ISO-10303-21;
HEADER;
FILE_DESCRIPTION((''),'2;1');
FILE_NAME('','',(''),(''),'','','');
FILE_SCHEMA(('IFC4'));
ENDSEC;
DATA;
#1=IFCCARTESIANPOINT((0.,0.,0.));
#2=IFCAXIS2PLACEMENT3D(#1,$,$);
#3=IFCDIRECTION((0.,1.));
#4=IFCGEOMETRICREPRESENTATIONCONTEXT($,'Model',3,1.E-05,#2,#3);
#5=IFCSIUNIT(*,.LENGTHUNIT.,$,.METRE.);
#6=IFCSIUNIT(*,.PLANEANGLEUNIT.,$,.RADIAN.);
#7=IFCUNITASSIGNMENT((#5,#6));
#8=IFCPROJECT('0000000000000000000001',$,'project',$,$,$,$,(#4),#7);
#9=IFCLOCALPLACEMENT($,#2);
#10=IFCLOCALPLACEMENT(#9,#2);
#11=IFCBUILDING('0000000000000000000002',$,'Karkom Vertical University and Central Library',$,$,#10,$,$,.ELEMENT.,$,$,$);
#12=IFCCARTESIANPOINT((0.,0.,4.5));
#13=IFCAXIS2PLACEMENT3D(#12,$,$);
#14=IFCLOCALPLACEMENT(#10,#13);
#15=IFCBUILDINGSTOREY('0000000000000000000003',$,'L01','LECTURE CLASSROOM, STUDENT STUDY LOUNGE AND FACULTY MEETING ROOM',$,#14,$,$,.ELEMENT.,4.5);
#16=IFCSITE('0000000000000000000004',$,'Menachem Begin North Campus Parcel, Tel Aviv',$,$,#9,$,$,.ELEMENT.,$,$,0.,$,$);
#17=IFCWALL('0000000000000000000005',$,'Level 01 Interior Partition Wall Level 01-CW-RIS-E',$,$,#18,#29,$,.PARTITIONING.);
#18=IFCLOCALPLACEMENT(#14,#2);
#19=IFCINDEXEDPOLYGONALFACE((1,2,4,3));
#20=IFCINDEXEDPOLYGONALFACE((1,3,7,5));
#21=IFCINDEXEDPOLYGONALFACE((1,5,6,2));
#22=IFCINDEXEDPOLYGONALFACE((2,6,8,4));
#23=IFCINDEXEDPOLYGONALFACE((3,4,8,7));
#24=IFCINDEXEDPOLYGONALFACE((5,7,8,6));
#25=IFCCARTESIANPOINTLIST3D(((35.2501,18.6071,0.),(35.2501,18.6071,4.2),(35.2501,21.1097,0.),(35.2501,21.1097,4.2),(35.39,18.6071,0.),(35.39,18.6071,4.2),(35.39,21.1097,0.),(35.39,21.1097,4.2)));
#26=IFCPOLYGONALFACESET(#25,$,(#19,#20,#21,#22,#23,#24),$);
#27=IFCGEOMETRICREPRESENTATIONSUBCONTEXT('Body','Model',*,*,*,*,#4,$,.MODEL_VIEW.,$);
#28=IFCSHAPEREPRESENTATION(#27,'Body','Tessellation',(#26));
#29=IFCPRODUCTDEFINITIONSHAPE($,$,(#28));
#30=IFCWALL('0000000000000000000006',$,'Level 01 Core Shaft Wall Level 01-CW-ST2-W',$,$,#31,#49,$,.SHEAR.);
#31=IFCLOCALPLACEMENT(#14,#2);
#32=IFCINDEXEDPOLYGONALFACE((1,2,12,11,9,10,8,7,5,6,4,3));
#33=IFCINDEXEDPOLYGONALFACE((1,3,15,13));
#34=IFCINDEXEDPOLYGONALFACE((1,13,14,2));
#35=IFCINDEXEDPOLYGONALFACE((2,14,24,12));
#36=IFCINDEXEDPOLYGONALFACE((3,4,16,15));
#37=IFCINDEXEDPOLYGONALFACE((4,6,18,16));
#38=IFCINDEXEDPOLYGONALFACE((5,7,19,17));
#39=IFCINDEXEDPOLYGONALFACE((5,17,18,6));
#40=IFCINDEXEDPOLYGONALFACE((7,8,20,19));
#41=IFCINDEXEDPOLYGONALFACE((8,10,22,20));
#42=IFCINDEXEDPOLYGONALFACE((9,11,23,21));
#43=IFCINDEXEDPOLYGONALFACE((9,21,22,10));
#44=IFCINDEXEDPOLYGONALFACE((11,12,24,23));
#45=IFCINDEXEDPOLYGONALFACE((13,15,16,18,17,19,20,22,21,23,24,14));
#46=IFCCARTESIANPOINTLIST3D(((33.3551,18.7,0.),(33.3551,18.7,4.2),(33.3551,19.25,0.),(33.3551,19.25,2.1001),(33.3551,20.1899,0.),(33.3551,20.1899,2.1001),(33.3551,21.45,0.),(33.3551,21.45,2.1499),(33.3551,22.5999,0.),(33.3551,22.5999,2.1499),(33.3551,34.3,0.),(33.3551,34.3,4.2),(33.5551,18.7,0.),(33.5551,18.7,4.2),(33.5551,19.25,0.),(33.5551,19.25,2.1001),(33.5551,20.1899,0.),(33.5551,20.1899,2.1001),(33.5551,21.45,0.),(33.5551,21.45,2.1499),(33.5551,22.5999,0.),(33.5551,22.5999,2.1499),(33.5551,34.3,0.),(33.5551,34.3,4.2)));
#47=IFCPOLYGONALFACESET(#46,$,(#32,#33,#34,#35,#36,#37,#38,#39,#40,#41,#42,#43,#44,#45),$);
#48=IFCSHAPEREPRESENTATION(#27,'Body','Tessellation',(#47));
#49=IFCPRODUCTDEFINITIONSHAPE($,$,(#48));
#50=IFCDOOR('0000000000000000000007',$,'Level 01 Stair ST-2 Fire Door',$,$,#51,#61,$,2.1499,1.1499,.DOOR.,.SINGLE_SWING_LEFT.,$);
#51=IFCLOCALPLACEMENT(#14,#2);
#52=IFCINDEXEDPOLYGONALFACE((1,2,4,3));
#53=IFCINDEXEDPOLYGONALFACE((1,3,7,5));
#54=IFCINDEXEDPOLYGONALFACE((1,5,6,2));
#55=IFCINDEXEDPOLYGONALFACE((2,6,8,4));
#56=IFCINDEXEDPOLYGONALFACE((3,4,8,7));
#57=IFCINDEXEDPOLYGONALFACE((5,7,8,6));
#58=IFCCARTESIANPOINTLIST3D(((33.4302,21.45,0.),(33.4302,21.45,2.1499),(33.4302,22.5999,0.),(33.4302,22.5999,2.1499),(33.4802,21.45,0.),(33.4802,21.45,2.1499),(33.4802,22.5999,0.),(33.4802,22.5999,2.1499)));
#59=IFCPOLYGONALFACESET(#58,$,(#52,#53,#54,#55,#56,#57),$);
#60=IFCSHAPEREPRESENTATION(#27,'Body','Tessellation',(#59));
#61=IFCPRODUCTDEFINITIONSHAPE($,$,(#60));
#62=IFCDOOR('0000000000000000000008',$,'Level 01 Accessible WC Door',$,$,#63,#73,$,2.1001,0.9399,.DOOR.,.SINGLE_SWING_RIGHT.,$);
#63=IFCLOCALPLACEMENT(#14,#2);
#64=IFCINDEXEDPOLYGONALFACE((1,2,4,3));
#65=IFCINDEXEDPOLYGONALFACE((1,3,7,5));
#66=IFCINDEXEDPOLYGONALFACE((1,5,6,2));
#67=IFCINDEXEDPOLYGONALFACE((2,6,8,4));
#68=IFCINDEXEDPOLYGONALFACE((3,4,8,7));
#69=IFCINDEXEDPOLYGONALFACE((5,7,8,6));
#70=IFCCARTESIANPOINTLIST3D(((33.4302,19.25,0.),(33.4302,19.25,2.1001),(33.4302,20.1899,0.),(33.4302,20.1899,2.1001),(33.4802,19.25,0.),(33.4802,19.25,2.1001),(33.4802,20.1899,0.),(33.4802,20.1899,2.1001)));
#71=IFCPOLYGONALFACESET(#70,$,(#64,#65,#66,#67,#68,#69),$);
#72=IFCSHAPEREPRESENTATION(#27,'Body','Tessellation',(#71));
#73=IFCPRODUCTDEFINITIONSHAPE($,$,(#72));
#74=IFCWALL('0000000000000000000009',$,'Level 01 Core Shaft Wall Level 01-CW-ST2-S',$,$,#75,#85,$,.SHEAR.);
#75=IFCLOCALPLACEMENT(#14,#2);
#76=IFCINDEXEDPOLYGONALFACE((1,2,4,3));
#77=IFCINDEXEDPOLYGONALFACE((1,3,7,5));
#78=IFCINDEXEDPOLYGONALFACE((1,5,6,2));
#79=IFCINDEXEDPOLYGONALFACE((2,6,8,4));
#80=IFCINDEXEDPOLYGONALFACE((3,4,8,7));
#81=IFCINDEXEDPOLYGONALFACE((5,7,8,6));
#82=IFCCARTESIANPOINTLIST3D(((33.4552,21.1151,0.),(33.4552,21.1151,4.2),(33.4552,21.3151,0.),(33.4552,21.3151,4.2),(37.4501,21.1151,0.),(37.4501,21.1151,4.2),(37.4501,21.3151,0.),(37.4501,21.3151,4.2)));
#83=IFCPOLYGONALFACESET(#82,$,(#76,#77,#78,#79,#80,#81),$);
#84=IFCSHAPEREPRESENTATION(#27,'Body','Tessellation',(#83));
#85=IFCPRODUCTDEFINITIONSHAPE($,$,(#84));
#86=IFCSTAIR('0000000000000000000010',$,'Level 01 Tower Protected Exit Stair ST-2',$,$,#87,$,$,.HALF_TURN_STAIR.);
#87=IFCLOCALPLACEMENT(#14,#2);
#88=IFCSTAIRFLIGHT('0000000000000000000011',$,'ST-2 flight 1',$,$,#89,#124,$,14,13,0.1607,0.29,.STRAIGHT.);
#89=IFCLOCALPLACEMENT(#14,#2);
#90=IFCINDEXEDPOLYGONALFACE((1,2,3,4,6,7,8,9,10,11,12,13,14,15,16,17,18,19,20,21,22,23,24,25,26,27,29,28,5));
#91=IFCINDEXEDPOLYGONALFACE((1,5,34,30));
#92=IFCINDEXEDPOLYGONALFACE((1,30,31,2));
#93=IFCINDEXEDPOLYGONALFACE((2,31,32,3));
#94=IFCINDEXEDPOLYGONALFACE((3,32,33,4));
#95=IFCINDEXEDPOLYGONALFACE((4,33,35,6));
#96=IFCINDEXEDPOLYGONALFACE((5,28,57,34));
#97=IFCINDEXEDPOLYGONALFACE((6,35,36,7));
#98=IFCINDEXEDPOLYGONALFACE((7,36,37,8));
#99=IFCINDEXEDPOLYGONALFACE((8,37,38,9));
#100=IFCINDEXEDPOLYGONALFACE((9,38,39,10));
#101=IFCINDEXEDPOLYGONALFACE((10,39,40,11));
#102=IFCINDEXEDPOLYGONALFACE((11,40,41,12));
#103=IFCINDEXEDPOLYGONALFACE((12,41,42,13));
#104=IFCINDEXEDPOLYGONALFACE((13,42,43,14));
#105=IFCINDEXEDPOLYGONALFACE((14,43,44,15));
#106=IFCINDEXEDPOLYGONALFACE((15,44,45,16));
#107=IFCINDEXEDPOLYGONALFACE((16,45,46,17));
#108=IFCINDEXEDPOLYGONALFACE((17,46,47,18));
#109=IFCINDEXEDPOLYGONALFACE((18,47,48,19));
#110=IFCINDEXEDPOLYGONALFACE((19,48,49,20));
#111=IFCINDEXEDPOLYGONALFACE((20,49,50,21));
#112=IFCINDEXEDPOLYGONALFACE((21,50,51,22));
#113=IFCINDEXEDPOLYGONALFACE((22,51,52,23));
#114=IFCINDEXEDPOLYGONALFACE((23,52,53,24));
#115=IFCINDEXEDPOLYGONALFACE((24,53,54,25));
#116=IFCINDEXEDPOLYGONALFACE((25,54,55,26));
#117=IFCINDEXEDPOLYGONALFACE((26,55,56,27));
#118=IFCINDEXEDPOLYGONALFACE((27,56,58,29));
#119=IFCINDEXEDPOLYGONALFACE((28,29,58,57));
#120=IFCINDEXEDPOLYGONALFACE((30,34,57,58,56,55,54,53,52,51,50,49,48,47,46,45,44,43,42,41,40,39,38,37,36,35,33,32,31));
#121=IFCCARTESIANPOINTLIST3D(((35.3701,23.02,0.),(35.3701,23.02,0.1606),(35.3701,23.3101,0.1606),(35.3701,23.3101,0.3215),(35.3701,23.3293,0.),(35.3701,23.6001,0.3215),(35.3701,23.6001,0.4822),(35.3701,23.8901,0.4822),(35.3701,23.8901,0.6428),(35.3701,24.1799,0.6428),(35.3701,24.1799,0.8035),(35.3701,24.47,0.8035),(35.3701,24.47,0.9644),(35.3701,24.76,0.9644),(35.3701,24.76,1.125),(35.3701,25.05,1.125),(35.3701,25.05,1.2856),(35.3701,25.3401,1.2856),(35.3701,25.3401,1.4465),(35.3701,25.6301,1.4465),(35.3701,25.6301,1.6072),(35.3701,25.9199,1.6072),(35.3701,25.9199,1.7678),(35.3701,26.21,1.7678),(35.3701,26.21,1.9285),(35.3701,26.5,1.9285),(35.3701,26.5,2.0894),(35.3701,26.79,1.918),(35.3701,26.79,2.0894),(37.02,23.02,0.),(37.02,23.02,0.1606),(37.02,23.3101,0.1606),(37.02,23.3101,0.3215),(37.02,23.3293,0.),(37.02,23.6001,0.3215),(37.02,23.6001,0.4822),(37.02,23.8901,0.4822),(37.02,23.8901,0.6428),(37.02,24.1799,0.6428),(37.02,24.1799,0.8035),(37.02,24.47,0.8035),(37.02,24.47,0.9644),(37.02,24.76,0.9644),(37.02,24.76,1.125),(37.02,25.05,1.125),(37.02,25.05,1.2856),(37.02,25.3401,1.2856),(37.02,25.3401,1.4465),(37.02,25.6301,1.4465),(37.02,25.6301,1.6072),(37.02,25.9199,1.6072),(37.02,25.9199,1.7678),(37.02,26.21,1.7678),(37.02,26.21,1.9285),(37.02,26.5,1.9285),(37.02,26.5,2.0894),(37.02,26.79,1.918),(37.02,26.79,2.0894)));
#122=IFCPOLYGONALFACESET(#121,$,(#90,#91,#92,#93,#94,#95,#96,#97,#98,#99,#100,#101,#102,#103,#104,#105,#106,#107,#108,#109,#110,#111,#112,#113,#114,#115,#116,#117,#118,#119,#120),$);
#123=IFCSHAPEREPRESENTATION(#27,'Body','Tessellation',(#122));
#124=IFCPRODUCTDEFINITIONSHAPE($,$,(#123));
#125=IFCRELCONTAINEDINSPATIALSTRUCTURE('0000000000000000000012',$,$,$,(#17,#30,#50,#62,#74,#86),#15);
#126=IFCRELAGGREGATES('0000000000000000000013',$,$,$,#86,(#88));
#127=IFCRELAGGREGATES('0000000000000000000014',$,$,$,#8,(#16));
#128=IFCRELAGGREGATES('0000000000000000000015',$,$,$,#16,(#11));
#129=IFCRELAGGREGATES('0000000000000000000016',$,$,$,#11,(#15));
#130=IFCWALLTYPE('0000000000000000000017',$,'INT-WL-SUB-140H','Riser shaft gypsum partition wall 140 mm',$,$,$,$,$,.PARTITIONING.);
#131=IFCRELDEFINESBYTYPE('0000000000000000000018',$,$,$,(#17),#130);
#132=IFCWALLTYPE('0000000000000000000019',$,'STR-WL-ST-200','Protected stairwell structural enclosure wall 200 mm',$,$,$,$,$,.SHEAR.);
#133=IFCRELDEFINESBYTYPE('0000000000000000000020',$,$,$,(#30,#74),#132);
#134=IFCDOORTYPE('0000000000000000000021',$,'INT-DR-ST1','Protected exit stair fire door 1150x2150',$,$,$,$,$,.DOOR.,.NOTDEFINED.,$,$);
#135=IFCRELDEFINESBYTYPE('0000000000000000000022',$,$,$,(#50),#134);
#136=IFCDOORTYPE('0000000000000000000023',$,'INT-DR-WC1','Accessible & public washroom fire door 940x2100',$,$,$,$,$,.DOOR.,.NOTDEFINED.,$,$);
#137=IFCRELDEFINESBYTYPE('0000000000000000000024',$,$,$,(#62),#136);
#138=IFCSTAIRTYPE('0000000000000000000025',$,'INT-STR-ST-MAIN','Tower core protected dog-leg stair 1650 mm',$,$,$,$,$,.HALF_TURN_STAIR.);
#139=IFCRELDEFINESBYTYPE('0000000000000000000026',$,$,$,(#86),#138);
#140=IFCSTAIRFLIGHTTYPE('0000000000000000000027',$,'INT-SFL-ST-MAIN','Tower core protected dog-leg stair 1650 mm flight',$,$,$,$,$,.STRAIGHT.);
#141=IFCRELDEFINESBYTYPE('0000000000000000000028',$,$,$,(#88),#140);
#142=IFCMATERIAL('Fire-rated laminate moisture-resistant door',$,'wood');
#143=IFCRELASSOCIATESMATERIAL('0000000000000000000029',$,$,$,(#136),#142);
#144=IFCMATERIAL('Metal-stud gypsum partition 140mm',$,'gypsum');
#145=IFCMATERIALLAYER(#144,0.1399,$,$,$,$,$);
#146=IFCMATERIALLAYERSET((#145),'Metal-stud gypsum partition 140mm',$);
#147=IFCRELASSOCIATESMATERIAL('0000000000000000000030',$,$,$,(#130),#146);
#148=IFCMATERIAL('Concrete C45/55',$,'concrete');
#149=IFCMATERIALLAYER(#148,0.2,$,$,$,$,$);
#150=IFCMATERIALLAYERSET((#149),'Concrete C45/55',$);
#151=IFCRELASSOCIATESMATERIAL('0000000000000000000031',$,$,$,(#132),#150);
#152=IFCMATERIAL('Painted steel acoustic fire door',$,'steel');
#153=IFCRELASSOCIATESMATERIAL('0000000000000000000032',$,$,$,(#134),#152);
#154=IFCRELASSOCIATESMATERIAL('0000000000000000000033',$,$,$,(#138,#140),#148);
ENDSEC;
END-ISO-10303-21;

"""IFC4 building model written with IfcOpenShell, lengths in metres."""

from ifc_helpers import new_model, si_unit, direction, frame, frame_2d, origin, origin_with_axes, place, context, subcontext, project, spatial, polyline, rectangle, outline, extrude, source, transform, mapped, material, layer, layer_set, type_object, element, fill, aggregate, save


model = new_model("IFC4")

# Units and contexts
model_context = context("Model", 3, precision=1e-05, world=origin(), true_north=direction((0.0, 1.0)))
body_context = subcontext(model_context, "Body", "Model", "MODEL_VIEW")
ifc_project = project(units=[si_unit("LENGTHUNIT", "METRE"), si_unit("PLANEANGLEUNIT", "RADIAN")], contexts=[model_context])

# Site, building, storey
site_placement = place(None, origin())
site = spatial("IfcSite", under=ifc_project, at=site_placement, Name="Menachem Begin North Campus Parcel, Tel Aviv", CompositionType="ELEMENT", RefElevation=0.0)
building_placement = place(site_placement, origin())
building = spatial("IfcBuilding", under=site, at=building_placement, Name="Karkom Vertical University and Central Library", CompositionType="ELEMENT")
storey_placement = place(building_placement, frame((0.0, 0.0, 4.5)))
storey = spatial("IfcBuildingStorey", under=building, at=storey_placement, Name="L01", Description="LECTURE CLASSROOM, STUDENT STUDY LOUNGE AND FACULTY MEETING ROOM", CompositionType="ELEMENT", Elevation=4.5)

# Shared definitions
ifc_material_1 = material(Name="Metal-stud gypsum partition 140mm", Category="gypsum")
ifc_material_2 = material(Name="Fire-rated laminate moisture-resistant door", Category="wood")
door_type_1 = type_object("IfcDoorType", Name="INT-DR-WC1", Description="Accessible & public washroom fire door 940x2100", OperationType="NOTDEFINED", PredefinedType="DOOR", material=ifc_material_2)
shared_shape_1 = source(origin_with_axes(), body_context, "Body", "SweptSolid", [
    extrude(rectangle(XDim=0.9399, YDim=2.1001, at=frame_2d((0.47, 1.05))), frame((0.0, 0.0249, 0.0), z_axis=(0.0, -1.0, 0.0), x_axis=(1.0, 0.0, 0.0)), (0.0, 0.0, 1.0), 0.05),
])

# Wall
ifc_layer_1 = layer(ifc_material_1, 0.1399)
ifc_layer_set_1 = layer_set([ifc_layer_1], Name="Metal-stud gypsum partition 140mm")
wall_type_1 = type_object("IfcWallType", Name="INT-WL-SUB-140H", Description="Riser shaft gypsum partition wall 140 mm", PredefinedType="PARTITIONING", material=ifc_layer_set_1)
wall_1_placement = place(storey_placement, frame((35.3201, 18.6069, 0.0), z_axis=(0.0, 0.0, 1.0), x_axis=(0.0, 1.0, 0.0)))
element("IfcWall", 1, at=wall_1_placement, inside=storey, type_object=wall_type_1, Name="Level 01 Interior Partition Wall Level 01-CW-RIS-E", PredefinedType="PARTITIONING", context=body_context, shape_type="SweptSolid", body=[
    extrude(rectangle(XDim=2.5027, YDim=0.1399, at=frame_2d((1.2515, 0.0))), origin(), (0.0, 0.0, 1.0), 4.2),
])

# Wall, openings, doors
ifc_material_3 = material(Name="Concrete C45/55", Category="concrete")
ifc_layer_2 = layer(ifc_material_3, 0.2)
ifc_layer_set_2 = layer_set([ifc_layer_2], Name="Concrete C45/55")
wall_type_2 = type_object("IfcWallType", Name="STR-WL-ST-200", Description="Protected stairwell structural enclosure wall 200 mm", PredefinedType="SHEAR", material=ifc_layer_set_2)
wall_2_placement = place(storey_placement, frame((33.4551, 18.7, 0.0), z_axis=(0.0, 0.0, 1.0), x_axis=(0.0, 1.0, 0.0)))
wall_2 = element("IfcWall", 2, at=wall_2_placement, inside=storey, type_object=wall_type_2, Name="Level 01 Core Shaft Wall Level 01-CW-ST2-W", PredefinedType="SHEAR", context=body_context, shape_type="SweptSolid", body=[
    extrude(rectangle(XDim=15.6001, YDim=0.2, at=frame_2d((7.8, 0.0))), origin(), (0.0, 0.0, 1.0), 4.2),
])
opening_1_placement = place(wall_2_placement, frame((2.75, 0.0, 0.0)))
opening_1 = element("IfcOpeningElement", 3, at=opening_1_placement, cuts=wall_2, PredefinedType="OPENING", context=body_context, shape_type="SweptSolid", body=[
    extrude(rectangle(XDim=1.1499, YDim=2.1499, at=frame_2d((0.575, 1.075))), frame((0.0, 0.1099, 0.0), z_axis=(0.0, -1.0, 0.0), x_axis=(1.0, 0.0, 0.0)), (0.0, 0.0, 1.0), 0.22),
])
opening_2_placement = place(wall_2_placement, frame((0.55, 0.0, 0.0)))
opening_2 = element("IfcOpeningElement", 4, at=opening_2_placement, cuts=wall_2, PredefinedType="OPENING", context=body_context, shape_type="SweptSolid", body=[
    extrude(rectangle(XDim=0.9399, YDim=2.1001, at=frame_2d((0.47, 1.05))), frame((0.0, 0.1099, 0.0), z_axis=(0.0, -1.0, 0.0), x_axis=(1.0, 0.0, 0.0)), (0.0, 0.0, 1.0), 0.22),
])
ifc_material_4 = material(Name="Painted steel acoustic fire door", Category="steel")
door_type_2 = type_object("IfcDoorType", Name="INT-DR-ST1", Description="Protected exit stair fire door 1150x2150", OperationType="NOTDEFINED", PredefinedType="DOOR", material=ifc_material_4)
shared_shape_2 = source(origin_with_axes(), body_context, "Body", "SweptSolid", [
    extrude(rectangle(XDim=1.1499, YDim=2.1499, at=frame_2d((0.575, 1.075))), frame((0.0, 0.0249, 0.0), z_axis=(0.0, -1.0, 0.0), x_axis=(1.0, 0.0, 0.0)), (0.0, 0.0, 1.0), 0.05),
])
door_1_placement = place(opening_1_placement, origin())
door_1 = element("IfcDoor", 5, at=door_1_placement, inside=storey, type_object=door_type_2, Name="Level 01 Stair ST-2 Fire Door", OperationType="SINGLE_SWING_LEFT", OverallHeight=2.1499, OverallWidth=1.1499, PredefinedType="DOOR", context=body_context, shape_type="MappedRepresentation", body=[
    mapped(shared_shape_2, transform((0.0, 0.0, 0.0), scale=1.0)),
])
fill(opening_1, door_1)
door_2_placement = place(opening_2_placement, origin())
door_2 = element("IfcDoor", 6, at=door_2_placement, inside=storey, type_object=door_type_1, Name="Level 01 Accessible WC Door", OperationType="SINGLE_SWING_RIGHT", OverallHeight=2.1001, OverallWidth=0.9399, PredefinedType="DOOR", context=body_context, shape_type="MappedRepresentation", body=[
    mapped(shared_shape_1, transform((0.0, 0.0, 0.0), scale=1.0)),
])
fill(opening_2, door_2)

# Wall
wall_3_placement = place(storey_placement, frame((33.4551, 21.2151, 0.0), z_axis=(0.0, 0.0, 1.0), x_axis=(1.0, 0.0, 0.0)))
element("IfcWall", 7, at=wall_3_placement, inside=storey, type_object=wall_type_2, Name="Level 01 Core Shaft Wall Level 01-CW-ST2-S", PredefinedType="SHEAR", context=body_context, shape_type="SweptSolid", body=[
    extrude(rectangle(XDim=3.9949, YDim=0.2, at=frame_2d((1.9976, 0.0))), origin(), (0.0, 0.0, 1.0), 4.2),
])

# Stair, stair flight
stair_type = type_object("IfcStairType", Name="INT-STR-ST-MAIN", Description="Tower core protected dog-leg stair 1650 mm", PredefinedType="HALF_TURN_STAIR", material=ifc_material_3)
stair_placement = place(storey_placement, origin())
stair = element("IfcStair", 8, at=stair_placement, inside=storey, type_object=stair_type, Name="Level 01 Tower Protected Exit Stair ST-2", PredefinedType="HALF_TURN_STAIR")
stair_flight_type = type_object("IfcStairFlightType", Name="INT-SFL-ST-MAIN", Description="Tower core protected dog-leg stair 1650 mm flight", PredefinedType="STRAIGHT", material=ifc_material_3)
stair_flight_placement = place(storey_placement, frame((36.1951, 23.02, 0.0), z_axis=(0.0, 0.0, 1.0), x_axis=(0.0, 1.0, 0.0)))
stair_flight = element("IfcStairFlight", 9, at=stair_flight_placement, type_object=stair_flight_type, Name="ST-2 flight 1", NumberOfRisers=14, NumberOfTreads=13, PredefinedType="STRAIGHT", RiserHeight=0.1607, TreadLength=0.29, context=body_context, shape_type="SweptSolid", body=[
    extrude(outline(polyline([(0.0, 0.0), (0.0, 0.1606), (0.29, 0.1606), (0.29, 0.3215), (0.5801, 0.3215), (0.5801, 0.4822), (0.8701, 0.4822), (0.8701, 0.6428), (1.1599, 0.6428), (1.1599, 0.8035), (1.45, 0.8035), (1.45, 0.9644), (1.74, 0.9644), (1.74, 1.125), (2.03, 1.125), (2.03, 1.2856), (2.3201, 1.2856), (2.3201, 1.4465), (2.6101, 1.4465), (2.6101, 1.6072), (2.8999, 1.6072), (2.8999, 1.7678), (3.1899, 1.7678), (3.1899, 1.9285), (3.48, 1.9285), (3.48, 2.0894), (3.77, 2.0894), (3.77, 2.25), (3.77, 1.918), (0.3093, 0.0), (0.0, 0.0)])), frame((0.0, 0.825, 0.0), z_axis=(0.0, -1.0, 0.0), x_axis=(1.0, 0.0, 0.0)), (0.0, 0.0, 1.0), 1.6499),
])
aggregate(stair, [stair_flight])

save(model, "model.ifc")
